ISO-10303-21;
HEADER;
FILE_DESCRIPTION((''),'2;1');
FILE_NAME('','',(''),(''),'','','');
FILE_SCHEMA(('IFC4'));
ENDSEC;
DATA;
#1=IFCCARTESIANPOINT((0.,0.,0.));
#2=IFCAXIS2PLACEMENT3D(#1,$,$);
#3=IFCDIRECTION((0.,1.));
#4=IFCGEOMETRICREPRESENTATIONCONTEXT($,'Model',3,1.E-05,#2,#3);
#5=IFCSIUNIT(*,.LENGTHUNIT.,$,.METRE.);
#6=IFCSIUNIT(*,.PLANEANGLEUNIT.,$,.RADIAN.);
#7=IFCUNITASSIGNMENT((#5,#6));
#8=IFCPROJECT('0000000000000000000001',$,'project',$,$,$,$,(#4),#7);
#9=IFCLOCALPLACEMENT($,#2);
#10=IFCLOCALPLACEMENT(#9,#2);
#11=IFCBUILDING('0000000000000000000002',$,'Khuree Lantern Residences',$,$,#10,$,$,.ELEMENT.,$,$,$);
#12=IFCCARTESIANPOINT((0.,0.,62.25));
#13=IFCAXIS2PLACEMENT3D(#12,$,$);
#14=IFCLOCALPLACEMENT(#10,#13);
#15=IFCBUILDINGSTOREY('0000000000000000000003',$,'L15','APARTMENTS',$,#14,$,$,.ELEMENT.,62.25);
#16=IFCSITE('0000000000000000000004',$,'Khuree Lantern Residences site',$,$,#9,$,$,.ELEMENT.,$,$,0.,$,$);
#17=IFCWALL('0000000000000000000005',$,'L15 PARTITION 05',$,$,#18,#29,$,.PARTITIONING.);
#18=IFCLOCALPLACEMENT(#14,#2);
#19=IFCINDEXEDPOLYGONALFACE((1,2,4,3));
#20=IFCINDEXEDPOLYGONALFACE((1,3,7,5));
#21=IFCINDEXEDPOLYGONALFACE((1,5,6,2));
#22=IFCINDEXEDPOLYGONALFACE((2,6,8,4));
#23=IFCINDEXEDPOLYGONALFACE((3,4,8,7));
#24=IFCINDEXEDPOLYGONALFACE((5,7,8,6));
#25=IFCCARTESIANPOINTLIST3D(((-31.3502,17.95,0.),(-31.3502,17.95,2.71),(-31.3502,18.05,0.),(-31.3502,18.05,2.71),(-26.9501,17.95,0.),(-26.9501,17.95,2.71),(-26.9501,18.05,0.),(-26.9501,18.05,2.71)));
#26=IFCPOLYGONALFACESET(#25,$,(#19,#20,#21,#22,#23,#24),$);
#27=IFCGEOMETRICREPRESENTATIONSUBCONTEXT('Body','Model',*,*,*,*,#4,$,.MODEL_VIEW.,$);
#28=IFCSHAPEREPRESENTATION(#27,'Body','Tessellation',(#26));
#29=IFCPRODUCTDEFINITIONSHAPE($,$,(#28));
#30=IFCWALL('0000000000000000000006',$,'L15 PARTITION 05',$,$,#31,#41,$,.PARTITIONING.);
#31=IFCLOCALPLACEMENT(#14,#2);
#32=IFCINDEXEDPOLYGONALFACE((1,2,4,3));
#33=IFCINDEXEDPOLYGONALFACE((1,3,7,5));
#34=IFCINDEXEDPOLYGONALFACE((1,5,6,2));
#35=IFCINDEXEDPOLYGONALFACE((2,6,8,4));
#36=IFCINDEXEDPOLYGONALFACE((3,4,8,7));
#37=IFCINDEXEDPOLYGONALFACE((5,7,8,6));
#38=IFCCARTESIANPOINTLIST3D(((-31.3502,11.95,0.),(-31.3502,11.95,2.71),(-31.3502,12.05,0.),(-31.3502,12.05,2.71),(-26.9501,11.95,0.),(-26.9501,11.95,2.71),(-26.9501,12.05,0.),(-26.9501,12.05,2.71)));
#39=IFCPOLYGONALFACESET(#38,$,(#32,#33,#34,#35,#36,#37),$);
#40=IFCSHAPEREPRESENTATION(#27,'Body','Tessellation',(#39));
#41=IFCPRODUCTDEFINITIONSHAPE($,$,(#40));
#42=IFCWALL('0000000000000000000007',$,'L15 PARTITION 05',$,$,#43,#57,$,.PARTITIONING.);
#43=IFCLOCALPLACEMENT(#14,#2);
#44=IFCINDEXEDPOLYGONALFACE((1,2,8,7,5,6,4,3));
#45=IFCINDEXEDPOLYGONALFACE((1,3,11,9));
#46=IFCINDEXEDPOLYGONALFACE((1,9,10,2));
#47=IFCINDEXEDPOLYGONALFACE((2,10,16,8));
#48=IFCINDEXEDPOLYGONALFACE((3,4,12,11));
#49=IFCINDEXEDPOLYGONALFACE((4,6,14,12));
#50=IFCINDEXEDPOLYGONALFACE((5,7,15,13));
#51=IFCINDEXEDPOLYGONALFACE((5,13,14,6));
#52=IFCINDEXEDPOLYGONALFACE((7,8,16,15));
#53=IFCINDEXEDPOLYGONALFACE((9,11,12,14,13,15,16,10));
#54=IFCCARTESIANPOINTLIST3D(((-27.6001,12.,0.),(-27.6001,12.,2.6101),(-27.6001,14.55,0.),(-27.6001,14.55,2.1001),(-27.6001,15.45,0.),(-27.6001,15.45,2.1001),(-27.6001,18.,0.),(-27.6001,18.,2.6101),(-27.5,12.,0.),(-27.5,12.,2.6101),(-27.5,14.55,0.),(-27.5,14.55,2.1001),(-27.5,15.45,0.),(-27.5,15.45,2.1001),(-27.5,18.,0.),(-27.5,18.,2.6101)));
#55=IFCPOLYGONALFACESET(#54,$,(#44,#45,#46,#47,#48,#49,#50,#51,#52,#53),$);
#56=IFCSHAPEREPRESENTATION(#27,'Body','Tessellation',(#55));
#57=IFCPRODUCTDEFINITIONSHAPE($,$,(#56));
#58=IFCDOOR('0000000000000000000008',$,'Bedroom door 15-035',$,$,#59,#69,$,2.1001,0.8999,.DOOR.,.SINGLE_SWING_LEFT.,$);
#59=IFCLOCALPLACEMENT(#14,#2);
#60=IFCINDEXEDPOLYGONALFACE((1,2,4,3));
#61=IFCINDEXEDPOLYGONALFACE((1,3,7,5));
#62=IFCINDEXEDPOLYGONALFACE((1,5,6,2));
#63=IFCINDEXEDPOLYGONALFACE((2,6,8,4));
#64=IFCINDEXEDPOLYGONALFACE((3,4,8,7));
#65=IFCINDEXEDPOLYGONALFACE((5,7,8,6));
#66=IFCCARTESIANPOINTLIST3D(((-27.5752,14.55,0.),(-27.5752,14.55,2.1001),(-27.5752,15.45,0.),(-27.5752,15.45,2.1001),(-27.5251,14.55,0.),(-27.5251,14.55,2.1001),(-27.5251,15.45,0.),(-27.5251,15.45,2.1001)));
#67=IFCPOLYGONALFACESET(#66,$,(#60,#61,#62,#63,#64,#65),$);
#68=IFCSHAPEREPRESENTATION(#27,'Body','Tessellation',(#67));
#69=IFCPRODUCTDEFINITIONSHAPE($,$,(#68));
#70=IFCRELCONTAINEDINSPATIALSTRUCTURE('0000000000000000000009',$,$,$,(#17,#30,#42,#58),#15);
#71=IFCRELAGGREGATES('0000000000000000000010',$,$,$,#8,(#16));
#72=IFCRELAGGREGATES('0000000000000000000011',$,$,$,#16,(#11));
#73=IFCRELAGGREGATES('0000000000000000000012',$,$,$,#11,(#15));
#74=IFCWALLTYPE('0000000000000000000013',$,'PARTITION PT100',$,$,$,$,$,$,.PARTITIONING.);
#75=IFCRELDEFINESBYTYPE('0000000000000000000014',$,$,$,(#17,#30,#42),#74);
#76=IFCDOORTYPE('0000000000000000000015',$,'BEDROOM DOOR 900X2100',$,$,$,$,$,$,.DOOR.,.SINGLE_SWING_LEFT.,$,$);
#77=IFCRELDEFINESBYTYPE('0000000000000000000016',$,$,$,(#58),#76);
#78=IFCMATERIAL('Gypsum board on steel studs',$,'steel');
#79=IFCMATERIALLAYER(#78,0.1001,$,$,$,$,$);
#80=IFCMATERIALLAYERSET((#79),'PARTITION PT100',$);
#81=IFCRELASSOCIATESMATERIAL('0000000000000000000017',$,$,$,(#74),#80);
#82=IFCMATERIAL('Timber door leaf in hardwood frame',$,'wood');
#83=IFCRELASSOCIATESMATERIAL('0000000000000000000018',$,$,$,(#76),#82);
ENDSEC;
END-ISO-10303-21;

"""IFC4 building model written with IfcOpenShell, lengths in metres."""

from ifc_helpers import new_model, si_unit, direction, frame, frame_2d, origin, place, context, subcontext, project, spatial, rectangle, extrude, material, layer, layer_set, type_object, element, fill, save


model = new_model("IFC4")

# Units and contexts
model_context = context("Model", 3, precision=1e-05, world=origin(), true_north=direction((0.0, 1.0)))
body_context = subcontext(model_context, "Body", "Model", "MODEL_VIEW")
ifc_project = project(units=[si_unit("LENGTHUNIT", "METRE"), si_unit("PLANEANGLEUNIT", "RADIAN")], contexts=[model_context])

# Site, building, storey
site_placement = place(None, origin())
site = spatial("IfcSite", under=ifc_project, at=site_placement, Name="Khuree Lantern Residences site", CompositionType="ELEMENT", RefElevation=0.0)
building_placement = place(site_placement, origin())
building = spatial("IfcBuilding", under=site, at=building_placement, Name="Khuree Lantern Residences", CompositionType="ELEMENT")
storey_placement = place(building_placement, frame((0.0, 0.0, 62.25)))
storey = spatial("IfcBuildingStorey", under=building, at=storey_placement, Name="L15", Description="APARTMENTS", CompositionType="ELEMENT", Elevation=62.25)

# Shared definitions
ifc_material_1 = material(Name="Timber door leaf in hardwood frame", Category="wood")

# Walls
ifc_material_2 = material(Name="Gypsum board on steel studs", Category="steel")
ifc_layer_1 = layer(ifc_material_2, 0.1001)
ifc_layer_set_1 = layer_set([ifc_layer_1], Name="PARTITION PT100")
wall_type_1 = type_object("IfcWallType", Name="PARTITION PT100", PredefinedType="PARTITIONING", material=ifc_layer_set_1)
for number, where, z_axis, x_axis, name in (
    (1, (-26.95, 18.0, 0.0), (0.0, 0.0, 1.0), (-1.0, 0.0, 0.0), "L15 PARTITION 05"),
    (2, (-26.95, 12.0, 0.0), (0.0, 0.0, 1.0), (-1.0, 0.0, 0.0), "L15 PARTITION 05"),
):
    element("IfcWall", number, at=place(storey_placement, frame(where, z_axis=z_axis, x_axis=x_axis)), inside=storey, type_object=wall_type_1, Name=name, PredefinedType="PARTITIONING", context=body_context, shape_type="SweptSolid", body=[
        extrude(rectangle(XDim=4.4001, YDim=0.1001, at=frame_2d((2.2002, 0.0))), origin(), (0.0, 0.0, 1.0), 2.71),
    ])

# Wall, opening, door
wall_1_placement = place(storey_placement, frame((-27.55, 18.0, 0.0), z_axis=(0.0, 0.0, 1.0), x_axis=(0.0, -1.0, 0.0)))
wall_1 = element("IfcWall", 3, at=wall_1_placement, inside=storey, type_object=wall_type_1, Name="L15 PARTITION 05", PredefinedType="PARTITIONING", context=body_context, shape_type="SweptSolid", body=[
    extrude(rectangle(XDim=6.0, YDim=0.1001, at=frame_2d((3.0, 0.0))), origin(), (0.0, 0.0, 1.0), 2.6101),
])
opening_1_placement = place(wall_1_placement, frame((2.55, 0.0, 0.0)))
opening_1 = element("IfcOpeningElement", 4, at=opening_1_placement, cuts=wall_1, PredefinedType="OPENING", context=body_context, shape_type="SweptSolid", body=[
    extrude(rectangle(XDim=0.8999, YDim=2.1001, at=frame_2d((0.45, 1.05))), frame((0.0, 0.0601, 0.0), z_axis=(0.0, -1.0, 0.0), x_axis=(1.0, 0.0, 0.0)), (0.0, 0.0, 1.0), 0.1201),
])
door_type_1 = type_object("IfcDoorType", Name="BEDROOM DOOR 900X2100", OperationType="SINGLE_SWING_LEFT", PredefinedType="DOOR", material=ifc_material_1)
door_1_placement = place(opening_1_placement, origin())
door_1 = element("IfcDoor", 5, at=door_1_placement, inside=storey, type_object=door_type_1, Name="Bedroom door 15-035", OperationType="SINGLE_SWING_LEFT", OverallHeight=2.1001, OverallWidth=0.8999, PredefinedType="DOOR", context=body_context, shape_type="SweptSolid", body=[
    extrude(rectangle(XDim=0.8999, YDim=2.1001, at=frame_2d((0.45, 1.05))), frame((0.0, 0.0249, 0.0), z_axis=(0.0, -1.0, 0.0), x_axis=(1.0, 0.0, 0.0)), (0.0, 0.0, 1.0), 0.05),
])
fill(opening_1, door_1)

save(model, "model.ifc")
